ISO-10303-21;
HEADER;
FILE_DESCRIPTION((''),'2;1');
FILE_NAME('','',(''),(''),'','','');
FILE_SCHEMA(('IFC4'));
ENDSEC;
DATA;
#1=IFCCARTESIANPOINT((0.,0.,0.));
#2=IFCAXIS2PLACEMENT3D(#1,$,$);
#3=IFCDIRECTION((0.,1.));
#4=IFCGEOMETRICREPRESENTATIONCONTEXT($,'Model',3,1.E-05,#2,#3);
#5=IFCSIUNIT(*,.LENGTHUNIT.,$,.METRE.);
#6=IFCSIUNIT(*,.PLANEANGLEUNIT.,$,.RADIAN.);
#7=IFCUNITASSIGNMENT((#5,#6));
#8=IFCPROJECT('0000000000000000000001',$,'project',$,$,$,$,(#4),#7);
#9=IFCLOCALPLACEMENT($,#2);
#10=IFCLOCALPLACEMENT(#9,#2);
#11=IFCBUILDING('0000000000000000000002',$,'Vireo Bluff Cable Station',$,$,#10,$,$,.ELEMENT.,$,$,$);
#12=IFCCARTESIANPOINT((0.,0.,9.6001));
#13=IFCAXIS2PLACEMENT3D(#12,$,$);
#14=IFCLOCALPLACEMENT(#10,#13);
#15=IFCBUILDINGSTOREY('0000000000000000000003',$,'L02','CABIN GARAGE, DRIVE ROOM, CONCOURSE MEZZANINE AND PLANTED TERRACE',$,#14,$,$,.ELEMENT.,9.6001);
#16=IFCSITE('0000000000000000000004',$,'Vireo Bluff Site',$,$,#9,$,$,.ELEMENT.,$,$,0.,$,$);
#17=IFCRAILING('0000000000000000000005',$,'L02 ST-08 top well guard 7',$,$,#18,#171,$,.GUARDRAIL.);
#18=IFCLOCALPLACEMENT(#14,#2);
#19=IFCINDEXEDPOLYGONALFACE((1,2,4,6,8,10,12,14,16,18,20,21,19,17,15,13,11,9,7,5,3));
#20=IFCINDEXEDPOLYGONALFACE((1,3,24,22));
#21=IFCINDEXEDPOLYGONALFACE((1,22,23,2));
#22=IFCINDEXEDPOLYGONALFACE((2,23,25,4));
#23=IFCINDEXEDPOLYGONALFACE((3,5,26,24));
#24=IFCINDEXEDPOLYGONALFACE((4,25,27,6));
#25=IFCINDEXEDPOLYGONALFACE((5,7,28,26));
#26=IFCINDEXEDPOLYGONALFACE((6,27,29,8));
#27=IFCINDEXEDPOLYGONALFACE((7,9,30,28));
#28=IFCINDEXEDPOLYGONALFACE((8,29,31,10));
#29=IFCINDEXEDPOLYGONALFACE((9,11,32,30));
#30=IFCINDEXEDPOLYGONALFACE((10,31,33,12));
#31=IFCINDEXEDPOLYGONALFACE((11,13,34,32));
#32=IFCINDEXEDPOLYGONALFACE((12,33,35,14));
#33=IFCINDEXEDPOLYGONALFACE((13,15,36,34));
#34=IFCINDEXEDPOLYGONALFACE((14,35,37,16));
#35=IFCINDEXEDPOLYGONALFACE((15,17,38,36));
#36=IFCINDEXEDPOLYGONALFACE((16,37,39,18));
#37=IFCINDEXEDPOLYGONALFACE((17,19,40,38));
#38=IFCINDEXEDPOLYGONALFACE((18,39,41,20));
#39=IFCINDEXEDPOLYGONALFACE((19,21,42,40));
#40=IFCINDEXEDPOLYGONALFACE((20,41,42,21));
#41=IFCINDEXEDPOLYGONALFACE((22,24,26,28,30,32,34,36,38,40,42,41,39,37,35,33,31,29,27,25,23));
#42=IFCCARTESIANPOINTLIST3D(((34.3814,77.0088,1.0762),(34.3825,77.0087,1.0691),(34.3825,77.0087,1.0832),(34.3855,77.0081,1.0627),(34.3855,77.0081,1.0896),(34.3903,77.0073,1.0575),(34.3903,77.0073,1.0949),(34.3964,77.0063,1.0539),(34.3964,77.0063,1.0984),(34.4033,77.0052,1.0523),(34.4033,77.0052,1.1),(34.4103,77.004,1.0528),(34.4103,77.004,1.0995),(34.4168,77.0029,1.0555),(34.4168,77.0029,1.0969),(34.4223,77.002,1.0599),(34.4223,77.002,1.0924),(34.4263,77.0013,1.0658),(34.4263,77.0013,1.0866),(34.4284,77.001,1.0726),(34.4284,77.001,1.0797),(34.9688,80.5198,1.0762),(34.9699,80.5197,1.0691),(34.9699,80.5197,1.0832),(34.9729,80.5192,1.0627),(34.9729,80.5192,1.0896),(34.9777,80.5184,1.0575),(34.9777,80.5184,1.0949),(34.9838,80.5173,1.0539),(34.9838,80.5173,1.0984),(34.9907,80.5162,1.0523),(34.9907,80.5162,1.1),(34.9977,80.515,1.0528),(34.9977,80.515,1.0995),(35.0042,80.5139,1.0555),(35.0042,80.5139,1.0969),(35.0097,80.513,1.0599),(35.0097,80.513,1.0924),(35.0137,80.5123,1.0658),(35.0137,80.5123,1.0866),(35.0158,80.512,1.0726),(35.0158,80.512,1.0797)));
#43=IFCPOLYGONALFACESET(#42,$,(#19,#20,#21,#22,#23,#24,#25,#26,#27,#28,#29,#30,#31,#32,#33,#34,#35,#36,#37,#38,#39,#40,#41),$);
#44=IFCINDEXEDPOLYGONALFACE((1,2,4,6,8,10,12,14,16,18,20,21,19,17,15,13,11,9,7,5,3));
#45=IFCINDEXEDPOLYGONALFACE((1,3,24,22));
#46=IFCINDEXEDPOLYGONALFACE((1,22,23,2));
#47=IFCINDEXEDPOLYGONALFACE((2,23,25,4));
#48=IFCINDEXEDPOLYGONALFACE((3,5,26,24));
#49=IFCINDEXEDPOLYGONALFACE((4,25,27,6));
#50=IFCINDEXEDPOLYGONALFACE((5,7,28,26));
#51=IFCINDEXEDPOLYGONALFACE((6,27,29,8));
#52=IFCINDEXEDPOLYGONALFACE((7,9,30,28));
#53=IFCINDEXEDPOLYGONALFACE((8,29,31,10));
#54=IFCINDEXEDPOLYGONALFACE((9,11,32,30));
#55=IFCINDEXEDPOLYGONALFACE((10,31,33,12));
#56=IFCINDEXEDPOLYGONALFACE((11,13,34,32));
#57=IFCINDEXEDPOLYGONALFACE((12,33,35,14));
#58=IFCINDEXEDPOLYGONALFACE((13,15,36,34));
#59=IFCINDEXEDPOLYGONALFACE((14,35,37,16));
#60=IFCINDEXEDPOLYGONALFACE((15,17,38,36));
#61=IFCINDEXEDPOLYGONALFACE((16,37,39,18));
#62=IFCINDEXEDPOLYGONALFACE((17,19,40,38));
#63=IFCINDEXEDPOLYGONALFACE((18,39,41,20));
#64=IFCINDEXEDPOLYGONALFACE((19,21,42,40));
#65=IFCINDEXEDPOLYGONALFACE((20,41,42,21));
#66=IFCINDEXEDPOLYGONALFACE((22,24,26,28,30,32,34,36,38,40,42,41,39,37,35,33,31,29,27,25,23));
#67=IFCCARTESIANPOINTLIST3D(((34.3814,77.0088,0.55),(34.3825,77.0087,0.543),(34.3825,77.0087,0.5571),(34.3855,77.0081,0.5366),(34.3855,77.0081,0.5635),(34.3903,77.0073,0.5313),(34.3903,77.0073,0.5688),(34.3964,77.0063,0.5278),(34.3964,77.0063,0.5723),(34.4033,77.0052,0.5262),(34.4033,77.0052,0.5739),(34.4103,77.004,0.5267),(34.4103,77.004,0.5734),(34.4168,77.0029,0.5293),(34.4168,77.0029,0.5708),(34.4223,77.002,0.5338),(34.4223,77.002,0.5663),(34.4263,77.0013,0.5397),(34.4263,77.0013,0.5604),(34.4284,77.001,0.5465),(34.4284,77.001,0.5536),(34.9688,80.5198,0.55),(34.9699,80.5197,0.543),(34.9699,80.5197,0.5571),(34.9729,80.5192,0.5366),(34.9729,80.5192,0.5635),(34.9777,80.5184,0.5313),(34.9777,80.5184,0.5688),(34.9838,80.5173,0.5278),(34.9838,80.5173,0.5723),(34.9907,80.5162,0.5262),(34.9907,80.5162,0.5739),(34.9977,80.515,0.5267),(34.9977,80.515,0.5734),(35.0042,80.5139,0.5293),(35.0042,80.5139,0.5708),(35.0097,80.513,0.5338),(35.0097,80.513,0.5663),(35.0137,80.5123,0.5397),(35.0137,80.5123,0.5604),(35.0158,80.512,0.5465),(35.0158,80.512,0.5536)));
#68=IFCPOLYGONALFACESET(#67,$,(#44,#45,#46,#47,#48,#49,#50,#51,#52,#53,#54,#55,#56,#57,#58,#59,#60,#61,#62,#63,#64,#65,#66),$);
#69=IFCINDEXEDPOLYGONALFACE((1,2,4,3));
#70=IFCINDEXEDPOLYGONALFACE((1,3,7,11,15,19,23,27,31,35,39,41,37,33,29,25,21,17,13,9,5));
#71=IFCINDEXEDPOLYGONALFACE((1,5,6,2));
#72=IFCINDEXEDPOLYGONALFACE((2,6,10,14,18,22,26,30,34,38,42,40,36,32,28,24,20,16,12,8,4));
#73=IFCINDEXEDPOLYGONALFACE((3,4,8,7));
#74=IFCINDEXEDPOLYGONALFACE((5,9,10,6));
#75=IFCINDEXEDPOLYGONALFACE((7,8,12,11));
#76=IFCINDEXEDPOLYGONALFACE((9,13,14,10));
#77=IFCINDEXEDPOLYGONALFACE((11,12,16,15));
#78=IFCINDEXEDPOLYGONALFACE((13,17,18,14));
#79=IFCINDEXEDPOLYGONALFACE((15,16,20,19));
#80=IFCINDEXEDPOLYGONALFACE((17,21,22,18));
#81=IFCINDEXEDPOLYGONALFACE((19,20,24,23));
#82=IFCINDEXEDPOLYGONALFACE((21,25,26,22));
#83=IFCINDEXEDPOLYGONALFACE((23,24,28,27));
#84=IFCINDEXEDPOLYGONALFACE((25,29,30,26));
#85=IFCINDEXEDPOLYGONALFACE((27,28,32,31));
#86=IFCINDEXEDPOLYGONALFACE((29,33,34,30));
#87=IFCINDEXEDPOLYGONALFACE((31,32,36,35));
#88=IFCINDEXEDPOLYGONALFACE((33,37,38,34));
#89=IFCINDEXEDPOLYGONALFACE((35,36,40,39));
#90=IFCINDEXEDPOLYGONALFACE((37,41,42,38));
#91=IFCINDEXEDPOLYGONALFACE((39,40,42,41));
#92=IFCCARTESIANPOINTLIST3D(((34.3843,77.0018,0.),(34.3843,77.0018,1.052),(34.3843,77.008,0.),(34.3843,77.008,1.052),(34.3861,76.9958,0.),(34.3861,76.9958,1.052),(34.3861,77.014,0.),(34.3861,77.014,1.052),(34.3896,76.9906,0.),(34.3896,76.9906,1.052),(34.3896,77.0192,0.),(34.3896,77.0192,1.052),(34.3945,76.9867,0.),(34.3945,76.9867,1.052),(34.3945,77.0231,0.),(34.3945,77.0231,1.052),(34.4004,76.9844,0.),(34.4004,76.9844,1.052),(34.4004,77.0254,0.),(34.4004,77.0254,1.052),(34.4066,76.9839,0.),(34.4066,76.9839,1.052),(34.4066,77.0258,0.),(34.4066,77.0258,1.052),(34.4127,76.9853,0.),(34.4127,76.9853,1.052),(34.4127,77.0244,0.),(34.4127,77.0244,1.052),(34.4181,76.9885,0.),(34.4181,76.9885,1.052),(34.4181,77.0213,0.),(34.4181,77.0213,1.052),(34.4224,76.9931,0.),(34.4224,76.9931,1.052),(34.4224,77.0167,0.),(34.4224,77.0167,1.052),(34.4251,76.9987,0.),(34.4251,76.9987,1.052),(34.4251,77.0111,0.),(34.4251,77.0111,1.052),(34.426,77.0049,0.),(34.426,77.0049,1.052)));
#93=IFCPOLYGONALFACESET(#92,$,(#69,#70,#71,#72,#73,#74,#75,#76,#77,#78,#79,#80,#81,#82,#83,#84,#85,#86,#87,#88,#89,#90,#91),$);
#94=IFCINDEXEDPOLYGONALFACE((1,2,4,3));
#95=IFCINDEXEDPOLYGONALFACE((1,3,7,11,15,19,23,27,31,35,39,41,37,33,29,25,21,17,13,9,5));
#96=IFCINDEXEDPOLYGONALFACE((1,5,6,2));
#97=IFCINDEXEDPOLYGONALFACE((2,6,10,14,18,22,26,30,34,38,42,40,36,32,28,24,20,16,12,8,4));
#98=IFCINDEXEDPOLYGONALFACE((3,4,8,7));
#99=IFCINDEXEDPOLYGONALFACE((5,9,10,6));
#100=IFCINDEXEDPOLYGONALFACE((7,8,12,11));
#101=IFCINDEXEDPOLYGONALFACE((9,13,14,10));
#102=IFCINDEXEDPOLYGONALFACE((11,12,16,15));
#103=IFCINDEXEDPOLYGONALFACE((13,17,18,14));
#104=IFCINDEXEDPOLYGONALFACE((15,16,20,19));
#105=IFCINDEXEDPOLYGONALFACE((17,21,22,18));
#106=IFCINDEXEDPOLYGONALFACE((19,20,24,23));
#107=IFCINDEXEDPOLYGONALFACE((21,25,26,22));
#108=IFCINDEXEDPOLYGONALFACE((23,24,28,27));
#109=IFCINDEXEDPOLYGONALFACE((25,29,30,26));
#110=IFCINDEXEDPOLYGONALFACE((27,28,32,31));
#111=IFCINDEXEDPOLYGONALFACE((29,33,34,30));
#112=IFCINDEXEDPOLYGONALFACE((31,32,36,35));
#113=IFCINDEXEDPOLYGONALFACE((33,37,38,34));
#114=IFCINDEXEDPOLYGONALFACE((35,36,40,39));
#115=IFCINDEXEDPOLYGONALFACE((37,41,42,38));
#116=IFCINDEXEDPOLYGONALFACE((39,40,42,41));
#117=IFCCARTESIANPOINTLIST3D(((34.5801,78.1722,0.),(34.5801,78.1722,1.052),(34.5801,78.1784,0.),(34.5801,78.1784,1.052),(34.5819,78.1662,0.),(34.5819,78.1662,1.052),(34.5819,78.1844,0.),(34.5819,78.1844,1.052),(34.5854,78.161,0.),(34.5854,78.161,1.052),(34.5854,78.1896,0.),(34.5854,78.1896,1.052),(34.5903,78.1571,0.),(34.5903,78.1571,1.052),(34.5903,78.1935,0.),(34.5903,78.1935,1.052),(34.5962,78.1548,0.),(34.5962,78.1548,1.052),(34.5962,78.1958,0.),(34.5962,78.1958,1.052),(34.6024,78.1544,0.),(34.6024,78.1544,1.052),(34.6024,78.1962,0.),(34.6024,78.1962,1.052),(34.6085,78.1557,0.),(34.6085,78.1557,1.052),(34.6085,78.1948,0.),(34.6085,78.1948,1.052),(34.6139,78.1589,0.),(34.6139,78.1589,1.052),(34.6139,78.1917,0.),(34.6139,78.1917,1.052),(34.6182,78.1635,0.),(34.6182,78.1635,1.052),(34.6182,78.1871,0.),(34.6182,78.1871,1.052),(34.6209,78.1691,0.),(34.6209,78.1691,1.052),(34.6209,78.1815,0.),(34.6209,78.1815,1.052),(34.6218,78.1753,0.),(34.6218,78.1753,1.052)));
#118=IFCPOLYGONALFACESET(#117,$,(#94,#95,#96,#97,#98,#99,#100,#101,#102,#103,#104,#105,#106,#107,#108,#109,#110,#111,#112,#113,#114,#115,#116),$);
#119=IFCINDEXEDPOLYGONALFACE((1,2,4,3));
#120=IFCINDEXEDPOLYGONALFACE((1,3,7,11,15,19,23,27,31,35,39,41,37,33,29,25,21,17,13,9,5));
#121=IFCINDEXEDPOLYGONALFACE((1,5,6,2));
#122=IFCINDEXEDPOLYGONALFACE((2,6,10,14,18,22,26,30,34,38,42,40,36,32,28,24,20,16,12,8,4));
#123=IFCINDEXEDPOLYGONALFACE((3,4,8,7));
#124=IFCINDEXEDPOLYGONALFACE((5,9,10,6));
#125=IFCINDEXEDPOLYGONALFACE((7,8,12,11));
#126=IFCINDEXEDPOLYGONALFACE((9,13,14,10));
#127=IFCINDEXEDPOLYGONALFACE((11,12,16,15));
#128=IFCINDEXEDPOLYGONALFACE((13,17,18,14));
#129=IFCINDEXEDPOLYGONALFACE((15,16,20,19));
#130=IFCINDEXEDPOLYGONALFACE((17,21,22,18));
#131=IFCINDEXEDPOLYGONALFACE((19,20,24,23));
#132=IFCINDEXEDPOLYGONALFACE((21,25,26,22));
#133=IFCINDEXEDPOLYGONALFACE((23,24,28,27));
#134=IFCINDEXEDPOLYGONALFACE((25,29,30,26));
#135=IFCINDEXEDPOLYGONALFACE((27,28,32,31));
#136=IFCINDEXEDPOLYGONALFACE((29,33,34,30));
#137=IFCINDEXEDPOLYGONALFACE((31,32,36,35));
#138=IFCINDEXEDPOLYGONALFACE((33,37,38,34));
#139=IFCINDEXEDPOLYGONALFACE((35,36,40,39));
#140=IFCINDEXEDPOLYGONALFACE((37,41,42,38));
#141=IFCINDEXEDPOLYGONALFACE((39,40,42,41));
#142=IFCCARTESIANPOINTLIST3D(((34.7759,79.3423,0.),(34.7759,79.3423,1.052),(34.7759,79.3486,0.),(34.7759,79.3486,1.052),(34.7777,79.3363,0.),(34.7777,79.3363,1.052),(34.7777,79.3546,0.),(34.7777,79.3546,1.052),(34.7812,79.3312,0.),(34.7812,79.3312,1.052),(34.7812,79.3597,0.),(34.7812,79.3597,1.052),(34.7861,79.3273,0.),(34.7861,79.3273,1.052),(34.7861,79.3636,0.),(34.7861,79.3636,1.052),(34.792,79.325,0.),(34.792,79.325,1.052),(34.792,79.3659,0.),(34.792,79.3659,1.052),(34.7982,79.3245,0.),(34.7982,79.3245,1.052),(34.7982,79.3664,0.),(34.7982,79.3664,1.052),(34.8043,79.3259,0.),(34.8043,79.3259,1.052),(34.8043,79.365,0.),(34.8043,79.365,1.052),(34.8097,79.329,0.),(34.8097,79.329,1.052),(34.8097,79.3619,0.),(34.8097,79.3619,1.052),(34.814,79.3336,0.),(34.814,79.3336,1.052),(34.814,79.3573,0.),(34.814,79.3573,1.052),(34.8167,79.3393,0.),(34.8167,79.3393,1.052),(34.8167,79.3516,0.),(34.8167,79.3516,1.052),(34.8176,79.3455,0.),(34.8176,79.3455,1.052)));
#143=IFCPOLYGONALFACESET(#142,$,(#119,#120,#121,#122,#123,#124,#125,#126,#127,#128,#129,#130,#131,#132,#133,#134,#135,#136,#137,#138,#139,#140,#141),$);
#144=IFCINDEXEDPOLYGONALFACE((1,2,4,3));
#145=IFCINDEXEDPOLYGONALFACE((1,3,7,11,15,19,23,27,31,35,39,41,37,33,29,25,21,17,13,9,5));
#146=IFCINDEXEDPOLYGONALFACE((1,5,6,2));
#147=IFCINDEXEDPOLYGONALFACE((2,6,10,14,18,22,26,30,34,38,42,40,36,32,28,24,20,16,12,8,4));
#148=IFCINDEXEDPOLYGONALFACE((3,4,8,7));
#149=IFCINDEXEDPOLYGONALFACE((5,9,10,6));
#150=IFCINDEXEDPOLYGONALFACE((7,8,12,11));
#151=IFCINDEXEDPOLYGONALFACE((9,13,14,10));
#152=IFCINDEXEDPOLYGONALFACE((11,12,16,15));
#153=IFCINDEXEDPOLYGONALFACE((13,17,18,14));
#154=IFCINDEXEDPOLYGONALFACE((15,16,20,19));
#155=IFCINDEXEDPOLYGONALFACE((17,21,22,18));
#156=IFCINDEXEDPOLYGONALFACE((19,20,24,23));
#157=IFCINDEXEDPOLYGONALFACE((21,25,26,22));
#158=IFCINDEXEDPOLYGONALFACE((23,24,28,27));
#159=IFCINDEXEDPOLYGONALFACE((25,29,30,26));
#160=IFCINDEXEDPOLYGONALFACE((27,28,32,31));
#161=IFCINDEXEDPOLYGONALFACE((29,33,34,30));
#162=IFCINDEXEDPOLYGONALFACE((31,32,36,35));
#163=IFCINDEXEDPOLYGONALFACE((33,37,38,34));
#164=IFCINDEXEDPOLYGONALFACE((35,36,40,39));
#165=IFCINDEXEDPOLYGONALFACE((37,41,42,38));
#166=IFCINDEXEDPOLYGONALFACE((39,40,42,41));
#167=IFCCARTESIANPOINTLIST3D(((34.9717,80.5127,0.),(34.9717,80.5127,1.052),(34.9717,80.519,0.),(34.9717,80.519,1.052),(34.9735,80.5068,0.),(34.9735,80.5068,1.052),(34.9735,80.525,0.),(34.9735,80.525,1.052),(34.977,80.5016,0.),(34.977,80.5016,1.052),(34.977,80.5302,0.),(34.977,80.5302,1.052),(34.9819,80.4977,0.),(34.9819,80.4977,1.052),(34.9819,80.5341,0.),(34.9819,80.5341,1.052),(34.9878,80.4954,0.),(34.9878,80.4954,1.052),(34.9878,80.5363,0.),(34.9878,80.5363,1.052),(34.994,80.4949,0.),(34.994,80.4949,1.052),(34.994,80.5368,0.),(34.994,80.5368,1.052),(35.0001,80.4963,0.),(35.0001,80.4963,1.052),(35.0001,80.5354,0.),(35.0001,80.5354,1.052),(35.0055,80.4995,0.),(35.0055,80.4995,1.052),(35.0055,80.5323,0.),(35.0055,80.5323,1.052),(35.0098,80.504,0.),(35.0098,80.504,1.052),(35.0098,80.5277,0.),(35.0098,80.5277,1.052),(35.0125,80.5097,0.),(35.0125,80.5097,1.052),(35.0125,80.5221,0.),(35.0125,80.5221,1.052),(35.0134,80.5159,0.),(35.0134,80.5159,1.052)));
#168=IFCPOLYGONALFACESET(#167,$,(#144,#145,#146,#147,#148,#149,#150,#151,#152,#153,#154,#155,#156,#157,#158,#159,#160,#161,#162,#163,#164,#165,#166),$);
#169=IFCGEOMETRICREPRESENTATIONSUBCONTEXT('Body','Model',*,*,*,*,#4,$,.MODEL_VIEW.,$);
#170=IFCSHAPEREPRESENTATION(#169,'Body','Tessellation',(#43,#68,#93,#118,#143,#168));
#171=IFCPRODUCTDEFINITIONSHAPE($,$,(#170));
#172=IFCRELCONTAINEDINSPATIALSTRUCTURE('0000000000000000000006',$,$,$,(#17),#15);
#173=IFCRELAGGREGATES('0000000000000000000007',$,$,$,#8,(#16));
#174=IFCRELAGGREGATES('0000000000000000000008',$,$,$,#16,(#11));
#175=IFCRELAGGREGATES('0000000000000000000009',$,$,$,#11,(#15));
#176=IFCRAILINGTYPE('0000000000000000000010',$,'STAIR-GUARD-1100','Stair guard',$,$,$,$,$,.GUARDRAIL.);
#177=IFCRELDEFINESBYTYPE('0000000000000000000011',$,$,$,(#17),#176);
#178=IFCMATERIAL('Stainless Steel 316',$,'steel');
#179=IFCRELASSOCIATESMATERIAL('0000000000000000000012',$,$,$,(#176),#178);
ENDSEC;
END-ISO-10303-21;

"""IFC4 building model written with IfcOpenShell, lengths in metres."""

from ifc_helpers import new_model, si_unit, direction, frame, origin, origin_2d, place, context, subcontext, project, spatial, circle, extrude, material, type_object, element, save


model = new_model("IFC4")

# Units and contexts
model_context = context("Model", 3, precision=1e-05, world=origin(), true_north=direction((0.0, 1.0)))
body_context = subcontext(model_context, "Body", "Model", "MODEL_VIEW")
ifc_project = project(units=[si_unit("LENGTHUNIT", "METRE"), si_unit("PLANEANGLEUNIT", "RADIAN")], contexts=[model_context])

# Site, building, storey
site_placement = place(None, origin())
site = spatial("IfcSite", under=ifc_project, at=site_placement, Name="Vireo Bluff Site", CompositionType="ELEMENT", RefElevation=0.0)
building_placement = place(site_placement, origin())
building = spatial("IfcBuilding", under=site, at=building_placement, Name="Vireo Bluff Cable Station", CompositionType="ELEMENT")
storey_placement = place(building_placement, frame((0.0, 0.0, 9.6001)))
storey = spatial("IfcBuildingStorey", under=building, at=storey_placement, Name="L02", Description="CABIN GARAGE, DRIVE ROOM, CONCOURSE MEZZANINE AND PLANTED TERRACE", CompositionType="ELEMENT", Elevation=9.6001)

# Railing
ifc_material_1 = material(Name="Stainless Steel 316", Category="steel")
railing_type = type_object("IfcRailingType", Name="STAIR-GUARD-1100", Description="Stair guard", PredefinedType="GUARDRAIL", material=ifc_material_1)
railing_1_placement = place(storey_placement, frame((34.405, 77.0049, 0.0)))
element("IfcRailing", 1, at=railing_1_placement, inside=storey, type_object=railing_type, Name="L02 ST-08 top well guard 7", PredefinedType="GUARDRAIL", context=body_context, shape_type="SweptSolid", body=[
    extrude(circle(Radius=0.0239, at=origin_2d()), frame((0.0, 0.0, 1.0762), z_axis=(0.165011, 0.986292, 0.0), x_axis=(-0.986292, 0.165011, 0.0)), (0.0, 0.0, 1.0), 3.5598),
    extrude(circle(Radius=0.0239, at=origin_2d()), frame((0.0, 0.0, 0.55), z_axis=(0.165011, 0.986292, 0.0), x_axis=(-0.986292, 0.165011, 0.0)), (0.0, 0.0, 1.0), 3.5598),
    extrude(circle(Radius=0.021, at=origin_2d()), origin(), (0.0, 0.0, 1.0), 1.052),
    extrude(circle(Radius=0.021, at=origin_2d()), frame((0.1958, 1.1704, 0.0)), (0.0, 0.0, 1.0), 1.052),
    extrude(circle(Radius=0.021, at=origin_2d()), frame((0.3916, 2.3406, 0.0)), (0.0, 0.0, 1.0), 1.052),
    extrude(circle(Radius=0.021, at=origin_2d()), frame((0.5874, 3.511, 0.0)), (0.0, 0.0, 1.0), 1.052),
])

save(model, "model.ifc")
